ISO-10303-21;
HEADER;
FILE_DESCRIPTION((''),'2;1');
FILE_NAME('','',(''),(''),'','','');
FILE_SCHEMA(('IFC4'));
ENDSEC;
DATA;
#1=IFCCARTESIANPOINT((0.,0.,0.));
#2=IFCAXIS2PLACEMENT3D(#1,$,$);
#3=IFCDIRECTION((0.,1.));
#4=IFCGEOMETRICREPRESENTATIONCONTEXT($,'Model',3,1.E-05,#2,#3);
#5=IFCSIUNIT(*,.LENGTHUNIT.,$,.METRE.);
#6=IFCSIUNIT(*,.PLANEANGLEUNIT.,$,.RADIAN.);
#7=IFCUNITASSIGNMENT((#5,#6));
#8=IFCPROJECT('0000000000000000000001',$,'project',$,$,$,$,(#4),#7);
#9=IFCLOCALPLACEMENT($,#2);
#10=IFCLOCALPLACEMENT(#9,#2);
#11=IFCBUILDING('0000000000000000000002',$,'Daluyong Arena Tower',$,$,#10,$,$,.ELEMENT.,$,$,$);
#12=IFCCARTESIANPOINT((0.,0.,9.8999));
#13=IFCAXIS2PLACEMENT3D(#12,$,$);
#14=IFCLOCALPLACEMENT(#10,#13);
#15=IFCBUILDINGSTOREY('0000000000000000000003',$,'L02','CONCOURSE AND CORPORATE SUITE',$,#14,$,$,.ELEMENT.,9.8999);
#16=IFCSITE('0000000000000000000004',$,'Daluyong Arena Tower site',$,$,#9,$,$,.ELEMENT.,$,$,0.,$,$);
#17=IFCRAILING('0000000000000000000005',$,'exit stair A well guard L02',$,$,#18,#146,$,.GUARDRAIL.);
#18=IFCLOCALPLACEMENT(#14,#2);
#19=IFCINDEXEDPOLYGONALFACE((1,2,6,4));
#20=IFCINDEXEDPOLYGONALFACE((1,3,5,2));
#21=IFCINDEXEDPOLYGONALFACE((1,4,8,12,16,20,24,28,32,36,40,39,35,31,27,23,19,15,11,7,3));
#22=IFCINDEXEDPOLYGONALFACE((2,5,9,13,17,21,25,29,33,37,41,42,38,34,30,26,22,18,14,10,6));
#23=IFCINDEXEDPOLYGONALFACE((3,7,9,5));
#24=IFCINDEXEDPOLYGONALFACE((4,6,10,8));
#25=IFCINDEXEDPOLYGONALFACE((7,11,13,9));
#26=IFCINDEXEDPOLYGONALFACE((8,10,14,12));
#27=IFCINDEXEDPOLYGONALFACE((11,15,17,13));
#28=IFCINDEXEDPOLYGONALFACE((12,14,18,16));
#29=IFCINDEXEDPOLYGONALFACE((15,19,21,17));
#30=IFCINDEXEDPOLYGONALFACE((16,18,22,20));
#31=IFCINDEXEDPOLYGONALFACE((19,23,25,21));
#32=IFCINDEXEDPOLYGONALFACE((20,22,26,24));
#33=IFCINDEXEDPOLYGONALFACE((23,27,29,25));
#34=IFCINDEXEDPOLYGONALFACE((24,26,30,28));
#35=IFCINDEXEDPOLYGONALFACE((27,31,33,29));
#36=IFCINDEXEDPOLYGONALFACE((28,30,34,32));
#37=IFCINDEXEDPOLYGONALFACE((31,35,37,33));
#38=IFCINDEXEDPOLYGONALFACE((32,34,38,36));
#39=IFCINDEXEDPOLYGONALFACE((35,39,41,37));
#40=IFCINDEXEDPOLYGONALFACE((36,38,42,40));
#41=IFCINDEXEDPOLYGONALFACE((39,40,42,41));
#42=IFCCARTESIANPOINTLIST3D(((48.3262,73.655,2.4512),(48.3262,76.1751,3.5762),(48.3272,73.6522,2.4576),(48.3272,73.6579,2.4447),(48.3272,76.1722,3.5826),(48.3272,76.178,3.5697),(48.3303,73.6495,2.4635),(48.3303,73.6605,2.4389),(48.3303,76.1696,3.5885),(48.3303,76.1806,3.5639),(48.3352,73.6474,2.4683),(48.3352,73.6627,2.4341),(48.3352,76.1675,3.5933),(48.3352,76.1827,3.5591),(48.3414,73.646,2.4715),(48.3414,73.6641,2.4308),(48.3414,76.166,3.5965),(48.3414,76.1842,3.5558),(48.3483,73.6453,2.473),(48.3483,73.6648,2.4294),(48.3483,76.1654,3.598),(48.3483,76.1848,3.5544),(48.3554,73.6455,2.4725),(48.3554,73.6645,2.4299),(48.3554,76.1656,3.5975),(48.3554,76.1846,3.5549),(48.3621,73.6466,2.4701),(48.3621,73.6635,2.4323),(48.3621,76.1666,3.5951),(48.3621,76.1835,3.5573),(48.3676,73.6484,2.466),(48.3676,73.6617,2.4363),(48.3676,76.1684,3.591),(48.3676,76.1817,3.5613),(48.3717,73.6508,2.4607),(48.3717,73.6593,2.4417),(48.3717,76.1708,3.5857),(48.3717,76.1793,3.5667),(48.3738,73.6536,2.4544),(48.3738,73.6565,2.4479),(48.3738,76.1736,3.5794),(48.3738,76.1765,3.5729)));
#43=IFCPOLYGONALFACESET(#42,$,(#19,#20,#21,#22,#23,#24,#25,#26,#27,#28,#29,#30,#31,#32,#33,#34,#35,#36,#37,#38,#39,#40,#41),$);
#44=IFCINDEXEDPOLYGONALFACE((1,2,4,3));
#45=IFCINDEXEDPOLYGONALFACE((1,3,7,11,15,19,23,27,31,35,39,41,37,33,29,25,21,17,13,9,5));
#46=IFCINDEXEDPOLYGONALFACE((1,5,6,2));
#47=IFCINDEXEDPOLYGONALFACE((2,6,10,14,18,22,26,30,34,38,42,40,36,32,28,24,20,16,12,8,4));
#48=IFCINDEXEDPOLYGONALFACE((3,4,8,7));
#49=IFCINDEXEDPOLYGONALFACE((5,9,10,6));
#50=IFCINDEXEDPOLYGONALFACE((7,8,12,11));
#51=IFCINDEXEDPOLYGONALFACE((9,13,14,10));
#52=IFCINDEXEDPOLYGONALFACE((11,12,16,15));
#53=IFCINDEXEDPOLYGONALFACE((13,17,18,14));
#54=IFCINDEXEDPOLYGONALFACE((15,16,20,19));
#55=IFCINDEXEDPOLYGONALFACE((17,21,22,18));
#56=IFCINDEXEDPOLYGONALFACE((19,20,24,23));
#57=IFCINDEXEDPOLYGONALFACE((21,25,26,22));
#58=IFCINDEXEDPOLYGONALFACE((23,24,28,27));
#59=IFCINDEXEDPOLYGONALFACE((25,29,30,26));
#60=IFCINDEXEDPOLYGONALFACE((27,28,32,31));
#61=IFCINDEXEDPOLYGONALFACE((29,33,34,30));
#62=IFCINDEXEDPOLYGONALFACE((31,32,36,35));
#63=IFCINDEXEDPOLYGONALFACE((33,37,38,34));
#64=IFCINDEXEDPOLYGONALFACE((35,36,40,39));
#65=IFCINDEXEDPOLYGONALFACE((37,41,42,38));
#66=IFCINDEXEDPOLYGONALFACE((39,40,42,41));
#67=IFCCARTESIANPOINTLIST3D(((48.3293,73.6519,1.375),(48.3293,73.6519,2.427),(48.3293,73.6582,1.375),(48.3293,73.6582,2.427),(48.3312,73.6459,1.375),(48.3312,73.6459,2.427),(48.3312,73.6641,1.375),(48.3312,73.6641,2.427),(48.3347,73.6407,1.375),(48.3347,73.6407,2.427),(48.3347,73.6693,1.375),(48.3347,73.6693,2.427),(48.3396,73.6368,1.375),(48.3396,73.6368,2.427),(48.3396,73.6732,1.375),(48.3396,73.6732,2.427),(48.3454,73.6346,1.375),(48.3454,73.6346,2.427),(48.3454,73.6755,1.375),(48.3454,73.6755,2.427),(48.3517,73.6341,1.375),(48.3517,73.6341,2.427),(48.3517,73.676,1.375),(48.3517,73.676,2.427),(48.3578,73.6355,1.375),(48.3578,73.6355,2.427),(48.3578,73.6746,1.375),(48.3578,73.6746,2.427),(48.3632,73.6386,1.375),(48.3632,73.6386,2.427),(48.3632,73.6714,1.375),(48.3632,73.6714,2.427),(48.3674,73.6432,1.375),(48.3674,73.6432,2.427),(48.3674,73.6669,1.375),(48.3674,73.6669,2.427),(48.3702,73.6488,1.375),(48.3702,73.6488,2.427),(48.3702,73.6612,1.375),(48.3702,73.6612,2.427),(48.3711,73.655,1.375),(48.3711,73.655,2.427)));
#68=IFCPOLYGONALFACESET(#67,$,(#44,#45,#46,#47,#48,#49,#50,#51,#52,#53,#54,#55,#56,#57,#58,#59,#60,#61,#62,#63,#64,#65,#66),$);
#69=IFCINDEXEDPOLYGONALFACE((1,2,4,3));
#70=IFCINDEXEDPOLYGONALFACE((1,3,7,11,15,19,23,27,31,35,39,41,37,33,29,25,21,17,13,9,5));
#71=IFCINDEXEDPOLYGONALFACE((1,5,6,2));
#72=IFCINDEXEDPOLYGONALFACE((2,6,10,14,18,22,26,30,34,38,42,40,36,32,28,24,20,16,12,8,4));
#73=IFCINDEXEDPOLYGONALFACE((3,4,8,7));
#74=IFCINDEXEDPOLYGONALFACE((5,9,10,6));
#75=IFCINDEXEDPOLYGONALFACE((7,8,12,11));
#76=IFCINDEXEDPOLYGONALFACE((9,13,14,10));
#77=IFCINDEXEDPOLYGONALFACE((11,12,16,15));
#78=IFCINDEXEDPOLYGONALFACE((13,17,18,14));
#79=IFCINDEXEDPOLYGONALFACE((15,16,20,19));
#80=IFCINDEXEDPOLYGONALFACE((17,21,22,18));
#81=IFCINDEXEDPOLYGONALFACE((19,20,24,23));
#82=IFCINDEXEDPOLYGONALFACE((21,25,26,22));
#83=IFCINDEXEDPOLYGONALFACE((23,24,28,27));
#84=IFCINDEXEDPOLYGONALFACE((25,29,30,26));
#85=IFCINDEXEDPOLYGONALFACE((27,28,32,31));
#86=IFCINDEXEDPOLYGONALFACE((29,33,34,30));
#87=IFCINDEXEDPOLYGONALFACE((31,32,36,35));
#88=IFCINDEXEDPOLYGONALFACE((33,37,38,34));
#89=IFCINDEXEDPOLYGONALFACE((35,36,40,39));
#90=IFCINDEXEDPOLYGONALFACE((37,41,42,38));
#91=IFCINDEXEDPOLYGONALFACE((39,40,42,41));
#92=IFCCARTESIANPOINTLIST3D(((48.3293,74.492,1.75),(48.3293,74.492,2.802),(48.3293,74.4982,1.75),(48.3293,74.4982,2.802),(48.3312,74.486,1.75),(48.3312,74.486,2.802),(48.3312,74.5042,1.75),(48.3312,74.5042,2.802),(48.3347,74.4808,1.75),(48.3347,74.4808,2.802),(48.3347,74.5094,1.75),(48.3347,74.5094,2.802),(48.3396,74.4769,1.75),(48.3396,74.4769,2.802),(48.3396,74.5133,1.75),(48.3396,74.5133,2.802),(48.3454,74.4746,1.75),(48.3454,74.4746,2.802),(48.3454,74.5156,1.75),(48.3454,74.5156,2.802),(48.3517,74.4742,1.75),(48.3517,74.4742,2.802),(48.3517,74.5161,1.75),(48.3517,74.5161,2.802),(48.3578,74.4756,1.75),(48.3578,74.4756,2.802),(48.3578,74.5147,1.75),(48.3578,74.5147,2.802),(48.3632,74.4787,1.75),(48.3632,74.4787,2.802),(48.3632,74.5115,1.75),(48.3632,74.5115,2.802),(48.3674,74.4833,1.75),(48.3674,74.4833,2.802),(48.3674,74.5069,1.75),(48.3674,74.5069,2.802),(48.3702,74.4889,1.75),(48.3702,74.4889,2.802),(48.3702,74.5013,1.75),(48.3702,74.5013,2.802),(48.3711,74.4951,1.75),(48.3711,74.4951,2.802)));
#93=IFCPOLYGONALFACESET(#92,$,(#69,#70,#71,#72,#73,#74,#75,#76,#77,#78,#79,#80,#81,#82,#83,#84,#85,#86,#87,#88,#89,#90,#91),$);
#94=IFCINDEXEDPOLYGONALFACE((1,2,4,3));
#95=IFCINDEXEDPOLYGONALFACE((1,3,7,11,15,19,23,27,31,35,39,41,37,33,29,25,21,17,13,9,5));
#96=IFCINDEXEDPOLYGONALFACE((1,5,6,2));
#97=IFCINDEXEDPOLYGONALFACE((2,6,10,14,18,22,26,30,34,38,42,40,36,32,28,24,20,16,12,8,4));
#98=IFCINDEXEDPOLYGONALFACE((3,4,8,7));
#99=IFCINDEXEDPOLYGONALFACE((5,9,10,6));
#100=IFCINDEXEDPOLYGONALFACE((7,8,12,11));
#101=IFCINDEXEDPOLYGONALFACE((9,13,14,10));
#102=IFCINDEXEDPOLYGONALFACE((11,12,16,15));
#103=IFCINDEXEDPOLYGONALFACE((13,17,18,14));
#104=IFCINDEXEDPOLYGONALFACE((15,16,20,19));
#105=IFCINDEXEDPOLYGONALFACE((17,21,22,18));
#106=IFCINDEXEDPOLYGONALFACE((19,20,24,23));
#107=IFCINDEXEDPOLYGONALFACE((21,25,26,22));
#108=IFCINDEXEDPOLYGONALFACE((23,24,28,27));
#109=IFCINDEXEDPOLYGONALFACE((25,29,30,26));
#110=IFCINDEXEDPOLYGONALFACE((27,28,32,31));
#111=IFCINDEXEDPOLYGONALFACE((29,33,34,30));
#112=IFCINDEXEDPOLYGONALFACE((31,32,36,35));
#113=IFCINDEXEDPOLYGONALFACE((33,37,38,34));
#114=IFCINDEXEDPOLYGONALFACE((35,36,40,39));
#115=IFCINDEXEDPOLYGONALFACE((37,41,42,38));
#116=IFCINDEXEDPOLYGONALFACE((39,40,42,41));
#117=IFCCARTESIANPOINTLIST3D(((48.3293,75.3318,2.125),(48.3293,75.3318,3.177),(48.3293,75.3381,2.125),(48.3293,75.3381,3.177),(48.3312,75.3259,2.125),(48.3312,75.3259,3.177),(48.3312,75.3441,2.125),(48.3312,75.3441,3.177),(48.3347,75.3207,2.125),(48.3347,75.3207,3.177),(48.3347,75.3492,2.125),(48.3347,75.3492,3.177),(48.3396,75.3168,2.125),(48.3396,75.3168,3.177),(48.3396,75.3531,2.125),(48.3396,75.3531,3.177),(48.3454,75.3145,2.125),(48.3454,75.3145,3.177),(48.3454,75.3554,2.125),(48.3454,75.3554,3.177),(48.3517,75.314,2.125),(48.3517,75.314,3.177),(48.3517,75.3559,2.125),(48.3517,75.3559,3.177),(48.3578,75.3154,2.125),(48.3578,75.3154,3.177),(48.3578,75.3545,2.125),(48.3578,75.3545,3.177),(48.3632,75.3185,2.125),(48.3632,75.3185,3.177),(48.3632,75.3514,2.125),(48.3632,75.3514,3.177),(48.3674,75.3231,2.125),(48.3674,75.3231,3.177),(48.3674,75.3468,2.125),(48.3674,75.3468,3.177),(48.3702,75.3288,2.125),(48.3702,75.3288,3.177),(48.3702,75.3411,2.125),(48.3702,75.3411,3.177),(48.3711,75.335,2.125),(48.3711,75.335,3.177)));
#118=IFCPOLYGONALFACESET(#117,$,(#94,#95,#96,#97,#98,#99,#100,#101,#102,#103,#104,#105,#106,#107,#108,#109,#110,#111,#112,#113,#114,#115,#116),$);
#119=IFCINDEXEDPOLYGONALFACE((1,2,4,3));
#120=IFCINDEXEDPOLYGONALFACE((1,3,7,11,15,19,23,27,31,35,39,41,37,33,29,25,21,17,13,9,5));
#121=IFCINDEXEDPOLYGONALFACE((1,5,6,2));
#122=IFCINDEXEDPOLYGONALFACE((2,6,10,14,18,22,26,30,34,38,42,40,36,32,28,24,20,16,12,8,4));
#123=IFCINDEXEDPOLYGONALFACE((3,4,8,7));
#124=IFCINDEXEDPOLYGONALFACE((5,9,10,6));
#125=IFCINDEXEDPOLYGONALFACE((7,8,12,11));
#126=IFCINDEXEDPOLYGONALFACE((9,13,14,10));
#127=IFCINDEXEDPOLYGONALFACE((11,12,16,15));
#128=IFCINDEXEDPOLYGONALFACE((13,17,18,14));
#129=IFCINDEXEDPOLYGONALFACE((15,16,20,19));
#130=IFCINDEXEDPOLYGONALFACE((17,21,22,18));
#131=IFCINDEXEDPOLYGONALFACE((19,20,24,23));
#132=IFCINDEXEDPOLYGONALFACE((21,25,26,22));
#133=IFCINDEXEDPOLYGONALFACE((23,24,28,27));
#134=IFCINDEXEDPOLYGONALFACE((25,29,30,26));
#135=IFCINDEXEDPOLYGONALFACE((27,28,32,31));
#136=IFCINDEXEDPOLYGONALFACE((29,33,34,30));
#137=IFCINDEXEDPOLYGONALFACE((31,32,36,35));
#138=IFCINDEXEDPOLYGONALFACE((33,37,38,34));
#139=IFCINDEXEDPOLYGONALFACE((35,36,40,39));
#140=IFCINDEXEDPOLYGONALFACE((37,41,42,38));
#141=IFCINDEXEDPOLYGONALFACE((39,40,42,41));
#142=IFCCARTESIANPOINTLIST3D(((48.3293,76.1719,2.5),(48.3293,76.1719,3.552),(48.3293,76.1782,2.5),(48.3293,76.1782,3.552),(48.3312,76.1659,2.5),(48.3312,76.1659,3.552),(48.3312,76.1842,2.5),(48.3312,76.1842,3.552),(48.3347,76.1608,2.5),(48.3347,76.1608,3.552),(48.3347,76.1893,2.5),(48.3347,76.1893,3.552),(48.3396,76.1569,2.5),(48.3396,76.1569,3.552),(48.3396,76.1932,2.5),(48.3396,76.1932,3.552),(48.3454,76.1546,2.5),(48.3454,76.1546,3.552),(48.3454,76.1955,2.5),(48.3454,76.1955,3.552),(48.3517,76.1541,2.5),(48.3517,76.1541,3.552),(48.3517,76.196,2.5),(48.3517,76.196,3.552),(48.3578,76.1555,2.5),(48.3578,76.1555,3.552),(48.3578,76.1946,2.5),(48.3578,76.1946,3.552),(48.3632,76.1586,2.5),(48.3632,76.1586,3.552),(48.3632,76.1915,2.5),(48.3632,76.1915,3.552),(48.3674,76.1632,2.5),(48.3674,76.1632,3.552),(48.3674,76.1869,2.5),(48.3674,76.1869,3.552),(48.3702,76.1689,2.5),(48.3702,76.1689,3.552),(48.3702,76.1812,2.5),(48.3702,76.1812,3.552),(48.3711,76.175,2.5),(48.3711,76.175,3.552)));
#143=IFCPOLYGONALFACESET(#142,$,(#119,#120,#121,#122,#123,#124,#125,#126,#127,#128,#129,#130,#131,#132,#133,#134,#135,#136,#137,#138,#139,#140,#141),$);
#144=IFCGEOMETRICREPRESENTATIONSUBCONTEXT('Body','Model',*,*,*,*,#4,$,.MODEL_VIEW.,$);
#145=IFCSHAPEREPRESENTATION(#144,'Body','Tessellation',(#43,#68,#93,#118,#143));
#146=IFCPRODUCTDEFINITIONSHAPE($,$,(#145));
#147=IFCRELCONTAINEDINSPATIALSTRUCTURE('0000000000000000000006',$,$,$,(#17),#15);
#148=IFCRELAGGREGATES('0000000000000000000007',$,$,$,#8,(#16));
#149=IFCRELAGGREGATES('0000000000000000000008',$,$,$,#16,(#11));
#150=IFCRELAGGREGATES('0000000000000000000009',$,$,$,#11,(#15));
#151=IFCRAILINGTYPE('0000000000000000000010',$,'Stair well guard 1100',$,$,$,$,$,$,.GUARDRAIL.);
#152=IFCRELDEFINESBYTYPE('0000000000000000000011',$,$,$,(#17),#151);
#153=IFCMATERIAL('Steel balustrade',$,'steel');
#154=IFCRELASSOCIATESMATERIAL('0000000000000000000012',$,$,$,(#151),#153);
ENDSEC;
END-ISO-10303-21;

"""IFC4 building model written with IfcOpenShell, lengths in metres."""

from ifc_helpers import new_model, si_unit, direction, frame, origin, origin_2d, place, context, subcontext, project, spatial, circle, extrude, material, type_object, element, save


model = new_model("IFC4")

# Units and contexts
model_context = context("Model", 3, precision=1e-05, world=origin(), true_north=direction((0.0, 1.0)))
body_context = subcontext(model_context, "Body", "Model", "MODEL_VIEW")
ifc_project = project(units=[si_unit("LENGTHUNIT", "METRE"), si_unit("PLANEANGLEUNIT", "RADIAN")], contexts=[model_context])

# Site, building, storey
site_placement = place(None, origin())
site = spatial("IfcSite", under=ifc_project, at=site_placement, Name="Daluyong Arena Tower site", CompositionType="ELEMENT", RefElevation=0.0)
building_placement = place(site_placement, origin())
building = spatial("IfcBuilding", under=site, at=building_placement, Name="Daluyong Arena Tower", CompositionType="ELEMENT")
storey_placement = place(building_placement, frame((0.0, 0.0, 9.8999)))
storey = spatial("IfcBuildingStorey", under=building, at=storey_placement, Name="L02", Description="CONCOURSE AND CORPORATE SUITE", CompositionType="ELEMENT", Elevation=9.8999)

# Railing
ifc_material_1 = material(Name="Steel balustrade", Category="steel")
railing_type_1 = type_object("IfcRailingType", Name="Stair well guard 1100", PredefinedType="GUARDRAIL", material=ifc_material_1)
for number, where, name in (
    (1, (48.3501, 73.655, 1.375), "exit stair A well guard L02"),
):
    element("IfcRailing", number, at=place(storey_placement, frame(where)), inside=storey, type_object=railing_type_1, Name=name, PredefinedType="GUARDRAIL", context=body_context, shape_type="SweptSolid", body=[
        extrude(circle(Radius=0.0239, at=origin_2d()), frame((0.0, 0.0, 1.0762), z_axis=(0.0, 0.913139, 0.407648), x_axis=(-1.0, 0.0, 0.0)), (0.0, 0.0, 1.0), 2.7598),
        extrude(circle(Radius=0.021, at=origin_2d()), origin(), (0.0, 0.0, 1.0), 1.052),
        extrude(circle(Radius=0.021, at=origin_2d()), frame((0.0, 0.8401, 0.375)), (0.0, 0.0, 1.0), 1.052),
        extrude(circle(Radius=0.021, at=origin_2d()), frame((0.0, 1.6799, 0.75)), (0.0, 0.0, 1.0), 1.052),
        extrude(circle(Radius=0.021, at=origin_2d()), frame((0.0, 2.52, 1.125)), (0.0, 0.0, 1.0), 1.052),
    ])

save(model, "model.ifc")
